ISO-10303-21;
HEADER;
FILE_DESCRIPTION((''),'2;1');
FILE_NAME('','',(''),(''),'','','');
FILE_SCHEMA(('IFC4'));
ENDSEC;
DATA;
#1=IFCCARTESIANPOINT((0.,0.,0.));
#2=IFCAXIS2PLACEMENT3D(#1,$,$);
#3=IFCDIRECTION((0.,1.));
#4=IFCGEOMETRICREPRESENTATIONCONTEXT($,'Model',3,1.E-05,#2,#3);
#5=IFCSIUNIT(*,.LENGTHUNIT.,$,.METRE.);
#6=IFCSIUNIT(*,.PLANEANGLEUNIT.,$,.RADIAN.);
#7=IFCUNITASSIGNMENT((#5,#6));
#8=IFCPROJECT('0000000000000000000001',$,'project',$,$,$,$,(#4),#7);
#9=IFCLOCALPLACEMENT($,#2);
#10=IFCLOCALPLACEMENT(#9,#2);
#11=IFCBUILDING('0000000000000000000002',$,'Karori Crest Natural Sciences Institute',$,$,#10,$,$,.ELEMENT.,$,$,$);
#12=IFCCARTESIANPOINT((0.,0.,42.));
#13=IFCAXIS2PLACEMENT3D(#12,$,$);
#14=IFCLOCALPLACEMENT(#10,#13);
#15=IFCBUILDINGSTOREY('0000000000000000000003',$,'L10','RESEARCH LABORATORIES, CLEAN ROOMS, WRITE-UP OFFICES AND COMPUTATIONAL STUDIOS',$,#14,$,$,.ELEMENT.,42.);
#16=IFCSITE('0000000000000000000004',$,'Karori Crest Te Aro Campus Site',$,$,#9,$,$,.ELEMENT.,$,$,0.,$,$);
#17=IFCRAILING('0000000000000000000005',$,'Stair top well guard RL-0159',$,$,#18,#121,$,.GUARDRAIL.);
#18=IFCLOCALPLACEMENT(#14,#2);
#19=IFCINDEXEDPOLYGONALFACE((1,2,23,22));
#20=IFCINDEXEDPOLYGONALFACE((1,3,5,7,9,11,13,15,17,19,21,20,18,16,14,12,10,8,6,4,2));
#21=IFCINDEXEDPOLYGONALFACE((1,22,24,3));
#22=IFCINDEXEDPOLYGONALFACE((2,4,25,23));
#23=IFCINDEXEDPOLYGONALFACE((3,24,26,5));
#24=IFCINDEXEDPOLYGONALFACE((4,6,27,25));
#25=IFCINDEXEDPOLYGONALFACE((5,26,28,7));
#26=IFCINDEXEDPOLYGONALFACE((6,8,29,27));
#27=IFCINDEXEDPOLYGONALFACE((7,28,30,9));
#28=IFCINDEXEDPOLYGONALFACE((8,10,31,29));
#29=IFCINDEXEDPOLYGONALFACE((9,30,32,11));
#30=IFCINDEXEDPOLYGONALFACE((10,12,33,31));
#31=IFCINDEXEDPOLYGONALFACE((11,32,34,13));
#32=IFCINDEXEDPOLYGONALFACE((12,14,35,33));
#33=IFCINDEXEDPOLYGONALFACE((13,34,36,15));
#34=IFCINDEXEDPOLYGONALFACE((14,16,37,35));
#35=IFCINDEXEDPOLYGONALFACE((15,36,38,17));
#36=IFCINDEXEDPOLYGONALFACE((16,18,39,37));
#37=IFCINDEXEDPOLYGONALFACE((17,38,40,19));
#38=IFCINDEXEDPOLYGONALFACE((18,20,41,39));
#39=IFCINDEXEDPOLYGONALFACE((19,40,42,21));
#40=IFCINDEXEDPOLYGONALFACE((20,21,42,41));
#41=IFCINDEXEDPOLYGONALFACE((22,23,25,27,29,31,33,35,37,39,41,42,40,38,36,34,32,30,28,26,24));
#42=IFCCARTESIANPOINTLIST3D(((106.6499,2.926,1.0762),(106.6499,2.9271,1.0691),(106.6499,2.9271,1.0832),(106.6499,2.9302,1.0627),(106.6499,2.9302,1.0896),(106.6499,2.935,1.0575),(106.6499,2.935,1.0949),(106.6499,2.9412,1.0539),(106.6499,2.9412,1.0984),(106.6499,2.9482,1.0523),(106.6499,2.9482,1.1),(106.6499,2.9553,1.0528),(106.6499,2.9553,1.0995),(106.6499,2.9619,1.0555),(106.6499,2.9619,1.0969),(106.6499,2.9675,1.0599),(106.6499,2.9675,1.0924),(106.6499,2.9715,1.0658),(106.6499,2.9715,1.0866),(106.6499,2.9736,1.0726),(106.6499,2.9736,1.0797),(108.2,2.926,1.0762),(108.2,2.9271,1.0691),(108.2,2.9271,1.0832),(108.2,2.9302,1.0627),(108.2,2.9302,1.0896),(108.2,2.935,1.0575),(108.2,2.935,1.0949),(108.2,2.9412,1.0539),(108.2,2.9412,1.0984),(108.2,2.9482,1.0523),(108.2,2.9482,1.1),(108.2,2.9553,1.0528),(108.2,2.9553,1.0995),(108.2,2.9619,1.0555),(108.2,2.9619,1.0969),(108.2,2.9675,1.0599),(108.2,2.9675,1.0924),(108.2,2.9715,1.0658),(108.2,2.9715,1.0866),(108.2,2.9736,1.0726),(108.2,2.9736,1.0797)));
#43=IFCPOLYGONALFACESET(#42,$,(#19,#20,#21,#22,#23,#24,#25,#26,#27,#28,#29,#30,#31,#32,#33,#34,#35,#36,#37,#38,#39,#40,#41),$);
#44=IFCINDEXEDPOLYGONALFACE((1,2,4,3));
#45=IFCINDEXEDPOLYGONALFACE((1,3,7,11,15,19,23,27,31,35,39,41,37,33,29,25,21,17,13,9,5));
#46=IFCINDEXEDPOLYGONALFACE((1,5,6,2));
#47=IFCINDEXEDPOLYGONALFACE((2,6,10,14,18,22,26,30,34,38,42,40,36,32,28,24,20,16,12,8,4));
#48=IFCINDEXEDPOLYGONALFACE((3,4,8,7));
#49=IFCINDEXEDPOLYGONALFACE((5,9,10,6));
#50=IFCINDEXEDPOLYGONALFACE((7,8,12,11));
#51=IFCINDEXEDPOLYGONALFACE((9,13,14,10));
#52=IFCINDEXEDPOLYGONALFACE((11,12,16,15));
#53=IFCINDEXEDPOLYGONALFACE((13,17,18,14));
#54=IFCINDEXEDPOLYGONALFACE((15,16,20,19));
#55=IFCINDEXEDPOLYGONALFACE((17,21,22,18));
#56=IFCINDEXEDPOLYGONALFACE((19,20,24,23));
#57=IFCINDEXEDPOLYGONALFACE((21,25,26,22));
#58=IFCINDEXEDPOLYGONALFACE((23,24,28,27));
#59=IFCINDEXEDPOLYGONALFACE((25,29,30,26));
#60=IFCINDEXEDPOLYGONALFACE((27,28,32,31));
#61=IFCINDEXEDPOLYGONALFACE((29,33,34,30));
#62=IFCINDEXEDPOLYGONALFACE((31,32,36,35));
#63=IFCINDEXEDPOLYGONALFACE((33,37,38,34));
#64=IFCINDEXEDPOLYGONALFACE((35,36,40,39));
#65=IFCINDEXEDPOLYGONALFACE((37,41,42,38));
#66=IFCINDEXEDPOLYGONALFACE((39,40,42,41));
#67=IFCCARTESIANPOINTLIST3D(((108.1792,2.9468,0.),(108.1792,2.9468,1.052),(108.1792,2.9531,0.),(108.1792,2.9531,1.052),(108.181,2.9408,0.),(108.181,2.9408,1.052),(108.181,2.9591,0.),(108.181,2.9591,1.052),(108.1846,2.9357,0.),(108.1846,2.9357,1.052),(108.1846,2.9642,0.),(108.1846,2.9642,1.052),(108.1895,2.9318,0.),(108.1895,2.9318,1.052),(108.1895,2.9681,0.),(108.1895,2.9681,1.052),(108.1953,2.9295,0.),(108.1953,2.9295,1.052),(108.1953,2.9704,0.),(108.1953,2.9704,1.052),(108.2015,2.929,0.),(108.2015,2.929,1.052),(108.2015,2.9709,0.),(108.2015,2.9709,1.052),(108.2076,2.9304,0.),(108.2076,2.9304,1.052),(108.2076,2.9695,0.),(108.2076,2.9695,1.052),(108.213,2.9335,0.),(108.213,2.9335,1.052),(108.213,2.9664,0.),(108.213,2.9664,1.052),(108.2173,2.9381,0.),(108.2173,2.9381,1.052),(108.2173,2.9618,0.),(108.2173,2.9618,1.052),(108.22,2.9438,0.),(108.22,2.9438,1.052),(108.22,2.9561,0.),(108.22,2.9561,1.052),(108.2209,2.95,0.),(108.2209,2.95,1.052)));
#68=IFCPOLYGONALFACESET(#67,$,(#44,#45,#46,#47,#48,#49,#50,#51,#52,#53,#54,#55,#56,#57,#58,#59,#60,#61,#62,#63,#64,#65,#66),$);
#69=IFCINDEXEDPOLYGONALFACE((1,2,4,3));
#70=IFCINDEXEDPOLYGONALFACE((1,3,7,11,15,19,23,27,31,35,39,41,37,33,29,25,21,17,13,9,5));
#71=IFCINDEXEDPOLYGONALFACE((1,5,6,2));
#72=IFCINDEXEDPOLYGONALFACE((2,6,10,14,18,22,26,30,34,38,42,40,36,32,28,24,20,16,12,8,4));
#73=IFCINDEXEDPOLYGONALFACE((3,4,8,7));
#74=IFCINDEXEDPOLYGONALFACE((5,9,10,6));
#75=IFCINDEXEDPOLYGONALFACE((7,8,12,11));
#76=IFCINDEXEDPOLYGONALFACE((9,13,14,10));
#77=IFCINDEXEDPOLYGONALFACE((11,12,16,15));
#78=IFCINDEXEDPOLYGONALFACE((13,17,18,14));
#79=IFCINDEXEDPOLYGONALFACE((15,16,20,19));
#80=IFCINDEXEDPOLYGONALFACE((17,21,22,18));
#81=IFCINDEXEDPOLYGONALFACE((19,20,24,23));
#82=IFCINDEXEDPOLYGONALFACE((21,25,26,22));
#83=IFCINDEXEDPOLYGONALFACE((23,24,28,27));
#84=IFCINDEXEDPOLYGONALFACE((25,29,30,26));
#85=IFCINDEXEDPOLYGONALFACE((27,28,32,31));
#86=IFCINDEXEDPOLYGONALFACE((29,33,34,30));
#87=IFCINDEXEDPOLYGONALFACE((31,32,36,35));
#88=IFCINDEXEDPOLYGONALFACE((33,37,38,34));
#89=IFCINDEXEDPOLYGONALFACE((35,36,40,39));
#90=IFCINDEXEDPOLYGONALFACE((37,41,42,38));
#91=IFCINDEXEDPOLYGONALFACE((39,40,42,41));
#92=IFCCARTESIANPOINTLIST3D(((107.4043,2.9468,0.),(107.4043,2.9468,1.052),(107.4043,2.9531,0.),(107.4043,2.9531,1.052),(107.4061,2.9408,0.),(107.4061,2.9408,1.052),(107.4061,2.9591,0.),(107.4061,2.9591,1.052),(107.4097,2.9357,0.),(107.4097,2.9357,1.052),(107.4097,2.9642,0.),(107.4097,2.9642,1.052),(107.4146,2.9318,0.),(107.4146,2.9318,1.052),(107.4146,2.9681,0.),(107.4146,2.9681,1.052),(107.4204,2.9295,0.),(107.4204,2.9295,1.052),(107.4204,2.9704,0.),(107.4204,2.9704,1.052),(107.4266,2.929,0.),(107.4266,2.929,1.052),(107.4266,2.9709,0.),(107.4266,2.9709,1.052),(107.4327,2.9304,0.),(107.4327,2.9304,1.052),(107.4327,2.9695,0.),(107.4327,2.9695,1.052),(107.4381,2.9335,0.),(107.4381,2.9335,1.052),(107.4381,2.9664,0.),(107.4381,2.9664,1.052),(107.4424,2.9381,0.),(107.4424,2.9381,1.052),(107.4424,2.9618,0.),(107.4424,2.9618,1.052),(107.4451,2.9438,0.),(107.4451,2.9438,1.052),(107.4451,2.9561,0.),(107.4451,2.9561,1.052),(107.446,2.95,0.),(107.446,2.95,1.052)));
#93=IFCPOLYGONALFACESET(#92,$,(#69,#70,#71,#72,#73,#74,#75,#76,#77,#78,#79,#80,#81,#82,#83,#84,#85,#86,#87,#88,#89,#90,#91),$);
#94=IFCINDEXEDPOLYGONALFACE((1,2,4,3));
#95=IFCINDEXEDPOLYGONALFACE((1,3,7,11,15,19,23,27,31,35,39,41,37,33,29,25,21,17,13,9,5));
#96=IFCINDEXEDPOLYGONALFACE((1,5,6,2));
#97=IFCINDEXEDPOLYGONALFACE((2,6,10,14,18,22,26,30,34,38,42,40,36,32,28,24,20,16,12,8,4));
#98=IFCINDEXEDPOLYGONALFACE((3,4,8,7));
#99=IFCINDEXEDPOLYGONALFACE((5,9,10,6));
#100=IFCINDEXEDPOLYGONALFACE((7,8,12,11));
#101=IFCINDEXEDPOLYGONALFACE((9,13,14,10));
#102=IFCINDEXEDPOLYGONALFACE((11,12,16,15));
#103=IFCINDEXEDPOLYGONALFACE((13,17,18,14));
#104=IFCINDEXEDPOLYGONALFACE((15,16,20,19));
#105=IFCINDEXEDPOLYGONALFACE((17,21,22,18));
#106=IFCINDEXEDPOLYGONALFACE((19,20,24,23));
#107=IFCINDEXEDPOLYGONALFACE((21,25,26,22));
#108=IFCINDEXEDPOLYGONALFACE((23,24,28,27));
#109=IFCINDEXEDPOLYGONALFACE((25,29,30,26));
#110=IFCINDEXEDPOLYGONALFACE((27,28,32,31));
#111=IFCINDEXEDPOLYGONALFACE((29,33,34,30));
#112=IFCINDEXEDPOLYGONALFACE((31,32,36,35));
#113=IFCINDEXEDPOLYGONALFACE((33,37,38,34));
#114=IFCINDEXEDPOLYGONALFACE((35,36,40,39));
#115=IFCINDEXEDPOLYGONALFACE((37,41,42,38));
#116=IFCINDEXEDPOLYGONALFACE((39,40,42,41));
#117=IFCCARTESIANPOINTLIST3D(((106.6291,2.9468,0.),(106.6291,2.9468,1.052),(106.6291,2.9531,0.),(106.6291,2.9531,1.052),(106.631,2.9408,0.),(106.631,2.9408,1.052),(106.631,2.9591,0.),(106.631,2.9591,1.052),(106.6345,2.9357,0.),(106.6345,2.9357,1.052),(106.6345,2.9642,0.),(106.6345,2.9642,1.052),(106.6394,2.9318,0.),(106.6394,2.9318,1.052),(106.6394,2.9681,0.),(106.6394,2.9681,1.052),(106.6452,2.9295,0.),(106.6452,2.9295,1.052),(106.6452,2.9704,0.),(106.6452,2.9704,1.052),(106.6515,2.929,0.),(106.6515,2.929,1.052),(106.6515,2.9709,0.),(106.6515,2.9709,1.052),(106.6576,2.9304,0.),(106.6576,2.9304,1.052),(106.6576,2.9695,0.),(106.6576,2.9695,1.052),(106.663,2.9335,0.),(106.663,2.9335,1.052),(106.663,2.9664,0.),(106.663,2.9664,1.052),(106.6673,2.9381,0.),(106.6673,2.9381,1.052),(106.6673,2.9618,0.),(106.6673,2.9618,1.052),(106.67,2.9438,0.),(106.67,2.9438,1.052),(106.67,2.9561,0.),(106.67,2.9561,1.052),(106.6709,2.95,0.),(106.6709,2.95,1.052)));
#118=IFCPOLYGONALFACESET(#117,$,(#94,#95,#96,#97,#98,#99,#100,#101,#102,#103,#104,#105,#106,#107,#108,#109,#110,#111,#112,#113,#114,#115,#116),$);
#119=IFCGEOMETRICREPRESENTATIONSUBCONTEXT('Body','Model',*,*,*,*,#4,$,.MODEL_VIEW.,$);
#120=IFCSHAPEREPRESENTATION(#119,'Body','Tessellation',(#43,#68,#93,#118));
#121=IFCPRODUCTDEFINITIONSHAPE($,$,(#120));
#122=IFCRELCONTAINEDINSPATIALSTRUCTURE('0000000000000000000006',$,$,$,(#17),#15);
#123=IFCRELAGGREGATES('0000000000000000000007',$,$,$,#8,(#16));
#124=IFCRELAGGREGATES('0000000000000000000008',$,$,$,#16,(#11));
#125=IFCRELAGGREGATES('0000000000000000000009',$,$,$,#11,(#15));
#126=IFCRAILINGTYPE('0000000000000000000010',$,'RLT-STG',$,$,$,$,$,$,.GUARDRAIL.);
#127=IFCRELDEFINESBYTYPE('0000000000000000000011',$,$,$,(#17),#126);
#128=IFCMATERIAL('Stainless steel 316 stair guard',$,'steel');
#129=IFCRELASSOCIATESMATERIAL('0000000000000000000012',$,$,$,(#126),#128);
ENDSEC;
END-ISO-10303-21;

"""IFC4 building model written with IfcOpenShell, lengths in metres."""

from ifc_helpers import new_model, si_unit, direction, frame, origin, origin_2d, place, context, subcontext, project, spatial, circle, extrude, material, type_object, element, save


model = new_model("IFC4")

# Units and contexts
model_context = context("Model", 3, precision=1e-05, world=origin(), true_north=direction((0.0, 1.0)))
body_context = subcontext(model_context, "Body", "Model", "MODEL_VIEW")
ifc_project = project(units=[si_unit("LENGTHUNIT", "METRE"), si_unit("PLANEANGLEUNIT", "RADIAN")], contexts=[model_context])

# Site, building, storey
site_placement = place(None, origin())
site = spatial("IfcSite", under=ifc_project, at=site_placement, Name="Karori Crest Te Aro Campus Site", CompositionType="ELEMENT", RefElevation=0.0)
building_placement = place(site_placement, origin())
building = spatial("IfcBuilding", under=site, at=building_placement, Name="Karori Crest Natural Sciences Institute", CompositionType="ELEMENT")
storey_placement = place(building_placement, frame((0.0, 0.0, 42.0)))
storey = spatial("IfcBuildingStorey", under=building, at=storey_placement, Name="L10", Description="RESEARCH LABORATORIES, CLEAN ROOMS, WRITE-UP OFFICES AND COMPUTATIONAL STUDIOS", CompositionType="ELEMENT", Elevation=42.0)

# Railing
ifc_material_1 = material(Name="Stainless steel 316 stair guard", Category="steel")
railing_type = type_object("IfcRailingType", Name="RLT-STG", PredefinedType="GUARDRAIL", material=ifc_material_1)
railing_placement = place(storey_placement, frame((108.2, 2.95, 0.0)))
element("IfcRailing", 1, at=railing_placement, inside=storey, type_object=railing_type, Name="Stair top well guard RL-0159", PredefinedType="GUARDRAIL", context=body_context, shape_type="SweptSolid", body=[
    extrude(circle(Radius=0.0239, at=origin_2d()), frame((0.0, 0.0, 1.0762), z_axis=(-1.0, 0.0, 0.0), x_axis=(0.0, -1.0, 0.0)), (0.0, 0.0, 1.0), 1.55),
    extrude(circle(Radius=0.021, at=origin_2d()), origin(), (0.0, 0.0, 1.0), 1.052),
    extrude(circle(Radius=0.021, at=origin_2d()), frame((-0.7749, 0.0, 0.0)), (0.0, 0.0, 1.0), 1.052),
    extrude(circle(Radius=0.021, at=origin_2d()), frame((-1.55, 0.0, 0.0)), (0.0, 0.0, 1.0), 1.052),
])

save(model, "model.ifc")
